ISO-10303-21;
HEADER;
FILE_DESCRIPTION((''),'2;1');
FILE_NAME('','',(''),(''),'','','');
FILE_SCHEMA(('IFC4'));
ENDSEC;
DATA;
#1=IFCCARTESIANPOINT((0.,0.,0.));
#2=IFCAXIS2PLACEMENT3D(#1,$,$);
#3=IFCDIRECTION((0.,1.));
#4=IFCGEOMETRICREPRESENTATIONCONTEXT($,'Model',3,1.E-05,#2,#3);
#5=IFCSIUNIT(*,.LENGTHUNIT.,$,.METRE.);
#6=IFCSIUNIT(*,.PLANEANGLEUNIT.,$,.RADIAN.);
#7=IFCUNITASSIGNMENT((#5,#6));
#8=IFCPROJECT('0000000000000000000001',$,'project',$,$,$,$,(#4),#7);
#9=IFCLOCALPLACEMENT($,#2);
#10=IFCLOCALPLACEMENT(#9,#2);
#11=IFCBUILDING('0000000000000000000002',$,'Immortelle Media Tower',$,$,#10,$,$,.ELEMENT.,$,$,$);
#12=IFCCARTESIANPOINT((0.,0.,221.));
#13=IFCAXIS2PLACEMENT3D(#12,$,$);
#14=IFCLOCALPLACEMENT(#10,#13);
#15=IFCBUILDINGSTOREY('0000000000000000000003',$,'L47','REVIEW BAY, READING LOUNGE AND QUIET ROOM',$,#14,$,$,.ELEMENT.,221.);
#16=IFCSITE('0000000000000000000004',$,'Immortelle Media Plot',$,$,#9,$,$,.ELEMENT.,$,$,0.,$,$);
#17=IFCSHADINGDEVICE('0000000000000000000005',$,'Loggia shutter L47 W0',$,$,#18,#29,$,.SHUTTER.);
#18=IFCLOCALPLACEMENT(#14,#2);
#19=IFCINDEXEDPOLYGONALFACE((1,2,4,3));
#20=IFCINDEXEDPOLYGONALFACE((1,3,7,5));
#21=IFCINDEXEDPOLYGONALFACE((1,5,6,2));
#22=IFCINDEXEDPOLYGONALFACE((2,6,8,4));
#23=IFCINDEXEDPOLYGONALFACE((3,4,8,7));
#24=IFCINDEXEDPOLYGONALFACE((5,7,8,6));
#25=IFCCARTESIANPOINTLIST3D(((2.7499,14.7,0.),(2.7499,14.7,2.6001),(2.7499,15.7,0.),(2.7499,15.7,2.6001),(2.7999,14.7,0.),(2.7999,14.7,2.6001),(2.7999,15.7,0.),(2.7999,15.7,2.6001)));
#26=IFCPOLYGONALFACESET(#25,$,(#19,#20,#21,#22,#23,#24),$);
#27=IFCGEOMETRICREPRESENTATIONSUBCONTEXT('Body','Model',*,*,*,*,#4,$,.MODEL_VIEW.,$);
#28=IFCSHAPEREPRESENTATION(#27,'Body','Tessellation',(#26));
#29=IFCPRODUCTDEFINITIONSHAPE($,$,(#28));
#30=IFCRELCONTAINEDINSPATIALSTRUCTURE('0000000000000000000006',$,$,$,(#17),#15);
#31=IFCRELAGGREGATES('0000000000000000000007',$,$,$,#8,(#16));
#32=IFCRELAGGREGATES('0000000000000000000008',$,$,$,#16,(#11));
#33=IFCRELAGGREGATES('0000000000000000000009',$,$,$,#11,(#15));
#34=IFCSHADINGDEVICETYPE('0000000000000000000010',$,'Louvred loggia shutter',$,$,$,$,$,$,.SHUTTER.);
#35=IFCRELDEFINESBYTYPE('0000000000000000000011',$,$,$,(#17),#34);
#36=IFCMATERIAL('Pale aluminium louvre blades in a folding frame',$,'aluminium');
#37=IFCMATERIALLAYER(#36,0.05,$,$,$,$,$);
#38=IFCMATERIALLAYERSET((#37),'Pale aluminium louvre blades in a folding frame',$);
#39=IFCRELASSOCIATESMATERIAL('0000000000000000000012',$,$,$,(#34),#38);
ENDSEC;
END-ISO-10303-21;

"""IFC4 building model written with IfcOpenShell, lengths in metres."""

from ifc_helpers import new_model, si_unit, direction, frame, origin, origin_2d, place, context, subcontext, project, spatial, rectangle, extrude, material, layer, layer_set, type_object, element, save


model = new_model("IFC4")

# Units and contexts
model_context = context("Model", 3, precision=1e-05, world=origin(), true_north=direction((0.0, 1.0)))
body_context = subcontext(model_context, "Body", "Model", "MODEL_VIEW")
ifc_project = project(units=[si_unit("LENGTHUNIT", "METRE"), si_unit("PLANEANGLEUNIT", "RADIAN")], contexts=[model_context])

# Site, building, storey
site_placement = place(None, origin())
site = spatial("IfcSite", under=ifc_project, at=site_placement, Name="Immortelle Media Plot", CompositionType="ELEMENT", RefElevation=0.0)
building_placement = place(site_placement, origin())
building = spatial("IfcBuilding", under=site, at=building_placement, Name="Immortelle Media Tower", CompositionType="ELEMENT")
storey_placement = place(building_placement, frame((0.0, 0.0, 221.0)))
storey = spatial("IfcBuildingStorey", under=building, at=storey_placement, Name="L47", Description="REVIEW BAY, READING LOUNGE AND QUIET ROOM", CompositionType="ELEMENT", Elevation=221.0)

# Shading device
ifc_material_1 = material(Name="Pale aluminium louvre blades in a folding frame", Category="aluminium")
ifc_layer_1 = layer(ifc_material_1, 0.05)
ifc_layer_set_1 = layer_set([ifc_layer_1], Name="Pale aluminium louvre blades in a folding frame")
shading_device_type_1 = type_object("IfcShadingDeviceType", Name="Louvred loggia shutter", PredefinedType="SHUTTER", material=ifc_layer_set_1)
shading_device_1_placement = place(storey_placement, frame((2.7749, 15.2, 0.0), z_axis=(0.0, 0.0, 1.0), x_axis=(0.0, -1.0, 0.0)))
element("IfcShadingDevice", 1, at=shading_device_1_placement, inside=storey, type_object=shading_device_type_1, Name="Loggia shutter L47 W0", PredefinedType="SHUTTER", context=body_context, shape_type="SweptSolid", body=[
    extrude(rectangle(XDim=1.0, YDim=0.05, at=origin_2d()), origin(), (0.0, 0.0, 1.0), 2.6001),
])

save(model, "model.ifc")
